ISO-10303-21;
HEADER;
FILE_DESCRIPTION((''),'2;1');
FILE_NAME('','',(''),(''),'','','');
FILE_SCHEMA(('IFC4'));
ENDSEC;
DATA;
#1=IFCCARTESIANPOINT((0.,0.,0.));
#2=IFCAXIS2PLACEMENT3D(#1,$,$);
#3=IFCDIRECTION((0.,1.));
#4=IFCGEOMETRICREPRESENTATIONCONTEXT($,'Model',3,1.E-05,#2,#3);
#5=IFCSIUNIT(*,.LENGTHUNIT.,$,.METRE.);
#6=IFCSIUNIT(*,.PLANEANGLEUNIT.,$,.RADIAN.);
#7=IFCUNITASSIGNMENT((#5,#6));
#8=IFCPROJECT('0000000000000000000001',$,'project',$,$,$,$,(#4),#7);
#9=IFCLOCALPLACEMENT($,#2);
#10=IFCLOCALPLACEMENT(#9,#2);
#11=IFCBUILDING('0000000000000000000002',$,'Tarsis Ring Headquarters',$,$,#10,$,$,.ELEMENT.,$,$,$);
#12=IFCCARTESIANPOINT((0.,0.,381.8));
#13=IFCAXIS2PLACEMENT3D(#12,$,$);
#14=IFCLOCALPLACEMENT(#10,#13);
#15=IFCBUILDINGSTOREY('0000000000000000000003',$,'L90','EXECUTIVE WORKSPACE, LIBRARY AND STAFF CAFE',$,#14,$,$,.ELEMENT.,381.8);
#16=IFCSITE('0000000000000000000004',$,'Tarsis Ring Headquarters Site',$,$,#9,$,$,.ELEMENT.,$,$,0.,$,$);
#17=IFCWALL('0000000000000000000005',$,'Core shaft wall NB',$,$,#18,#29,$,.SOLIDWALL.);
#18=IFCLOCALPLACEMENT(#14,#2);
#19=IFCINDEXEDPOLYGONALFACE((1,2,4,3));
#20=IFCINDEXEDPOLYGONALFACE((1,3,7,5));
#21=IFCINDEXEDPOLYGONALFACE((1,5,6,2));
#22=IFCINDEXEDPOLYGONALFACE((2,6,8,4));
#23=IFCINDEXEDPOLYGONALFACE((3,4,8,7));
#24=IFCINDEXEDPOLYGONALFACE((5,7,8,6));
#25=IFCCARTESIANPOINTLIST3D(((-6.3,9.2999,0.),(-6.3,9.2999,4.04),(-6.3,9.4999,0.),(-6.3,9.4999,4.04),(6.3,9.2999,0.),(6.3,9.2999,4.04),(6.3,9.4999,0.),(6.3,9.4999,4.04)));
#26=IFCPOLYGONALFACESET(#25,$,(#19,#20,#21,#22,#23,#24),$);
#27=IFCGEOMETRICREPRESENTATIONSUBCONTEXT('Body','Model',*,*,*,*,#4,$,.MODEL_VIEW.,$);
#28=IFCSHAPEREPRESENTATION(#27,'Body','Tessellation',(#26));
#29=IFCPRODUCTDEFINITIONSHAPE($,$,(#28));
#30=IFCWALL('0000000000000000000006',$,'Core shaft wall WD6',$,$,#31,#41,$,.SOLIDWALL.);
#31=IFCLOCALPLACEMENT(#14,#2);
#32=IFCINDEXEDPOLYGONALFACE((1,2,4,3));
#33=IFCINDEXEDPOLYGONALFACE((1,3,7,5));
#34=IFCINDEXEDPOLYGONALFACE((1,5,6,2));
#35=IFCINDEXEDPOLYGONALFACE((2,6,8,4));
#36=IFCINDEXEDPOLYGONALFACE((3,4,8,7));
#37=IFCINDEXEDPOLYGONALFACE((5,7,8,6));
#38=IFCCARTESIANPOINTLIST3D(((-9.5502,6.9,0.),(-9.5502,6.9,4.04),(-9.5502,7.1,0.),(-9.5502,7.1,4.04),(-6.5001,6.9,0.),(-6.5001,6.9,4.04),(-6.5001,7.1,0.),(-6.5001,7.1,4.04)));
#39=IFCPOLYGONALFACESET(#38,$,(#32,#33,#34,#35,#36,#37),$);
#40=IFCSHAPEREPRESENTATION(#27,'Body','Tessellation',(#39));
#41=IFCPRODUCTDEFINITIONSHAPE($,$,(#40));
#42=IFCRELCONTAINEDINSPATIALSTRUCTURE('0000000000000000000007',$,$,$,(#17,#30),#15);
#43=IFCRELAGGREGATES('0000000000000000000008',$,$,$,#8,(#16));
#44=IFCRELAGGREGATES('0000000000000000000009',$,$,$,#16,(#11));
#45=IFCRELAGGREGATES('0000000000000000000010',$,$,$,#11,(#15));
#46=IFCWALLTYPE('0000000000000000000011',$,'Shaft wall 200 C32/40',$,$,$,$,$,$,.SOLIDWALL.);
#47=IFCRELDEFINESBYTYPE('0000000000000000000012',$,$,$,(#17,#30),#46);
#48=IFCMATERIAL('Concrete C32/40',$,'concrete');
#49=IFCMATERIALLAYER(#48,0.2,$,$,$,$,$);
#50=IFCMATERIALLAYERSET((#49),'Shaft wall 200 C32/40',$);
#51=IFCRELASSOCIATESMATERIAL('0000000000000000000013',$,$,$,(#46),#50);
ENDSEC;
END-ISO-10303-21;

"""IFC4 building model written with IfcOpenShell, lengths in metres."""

from ifc_helpers import new_model, si_unit, direction, frame, frame_2d, origin, place, context, subcontext, project, spatial, rectangle, extrude, material, layer, layer_set, type_object, element, save


model = new_model("IFC4")

# Units and contexts
model_context = context("Model", 3, precision=1e-05, world=origin(), true_north=direction((0.0, 1.0)))
body_context = subcontext(model_context, "Body", "Model", "MODEL_VIEW")
ifc_project = project(units=[si_unit("LENGTHUNIT", "METRE"), si_unit("PLANEANGLEUNIT", "RADIAN")], contexts=[model_context])

# Site, building, storey
site_placement = place(None, origin())
site = spatial("IfcSite", under=ifc_project, at=site_placement, Name="Tarsis Ring Headquarters Site", CompositionType="ELEMENT", RefElevation=0.0)
building_placement = place(site_placement, origin())
building = spatial("IfcBuilding", under=site, at=building_placement, Name="Tarsis Ring Headquarters", CompositionType="ELEMENT")
storey_placement = place(building_placement, frame((0.0, 0.0, 381.8)))
storey = spatial("IfcBuildingStorey", under=building, at=storey_placement, Name="L90", Description="EXECUTIVE WORKSPACE, LIBRARY AND STAFF CAFE", CompositionType="ELEMENT", Elevation=381.8)

# Shared definitions
ifc_material_1 = material(Name="Concrete C32/40", Category="concrete")

# Shared definitions
ifc_layer_1 = layer(ifc_material_1, 0.2)
ifc_layer_set_1 = layer_set([ifc_layer_1], Name="Shaft wall 200 C32/40")
wall_type_1 = type_object("IfcWallType", Name="Shaft wall 200 C32/40", PredefinedType="SOLIDWALL", material=ifc_layer_set_1)

# Walls
wall_1_placement = place(storey_placement, frame((-6.3, 9.3999, 0.0), z_axis=(0.0, 0.0, 1.0), x_axis=(1.0, 0.0, 0.0)))
element("IfcWall", 1, at=wall_1_placement, inside=storey, type_object=wall_type_1, Name="Core shaft wall NB", PredefinedType="SOLIDWALL", context=body_context, shape_type="SweptSolid", body=[
    extrude(rectangle(XDim=12.6001, YDim=0.2, at=frame_2d((6.3, 0.0))), origin(), (0.0, 0.0, 1.0), 4.04),
])
wall_2_placement = place(storey_placement, frame((-9.55, 7.0, 0.0), z_axis=(0.0, 0.0, 1.0), x_axis=(1.0, 0.0, 0.0)))
element("IfcWall", 2, at=wall_2_placement, inside=storey, type_object=wall_type_1, Name="Core shaft wall WD6", PredefinedType="SOLIDWALL", context=body_context, shape_type="SweptSolid", body=[
    extrude(rectangle(XDim=3.05, YDim=0.2, at=frame_2d((1.5249, 0.0))), origin(), (0.0, 0.0, 1.0), 4.04),
])

save(model, "model.ifc")
